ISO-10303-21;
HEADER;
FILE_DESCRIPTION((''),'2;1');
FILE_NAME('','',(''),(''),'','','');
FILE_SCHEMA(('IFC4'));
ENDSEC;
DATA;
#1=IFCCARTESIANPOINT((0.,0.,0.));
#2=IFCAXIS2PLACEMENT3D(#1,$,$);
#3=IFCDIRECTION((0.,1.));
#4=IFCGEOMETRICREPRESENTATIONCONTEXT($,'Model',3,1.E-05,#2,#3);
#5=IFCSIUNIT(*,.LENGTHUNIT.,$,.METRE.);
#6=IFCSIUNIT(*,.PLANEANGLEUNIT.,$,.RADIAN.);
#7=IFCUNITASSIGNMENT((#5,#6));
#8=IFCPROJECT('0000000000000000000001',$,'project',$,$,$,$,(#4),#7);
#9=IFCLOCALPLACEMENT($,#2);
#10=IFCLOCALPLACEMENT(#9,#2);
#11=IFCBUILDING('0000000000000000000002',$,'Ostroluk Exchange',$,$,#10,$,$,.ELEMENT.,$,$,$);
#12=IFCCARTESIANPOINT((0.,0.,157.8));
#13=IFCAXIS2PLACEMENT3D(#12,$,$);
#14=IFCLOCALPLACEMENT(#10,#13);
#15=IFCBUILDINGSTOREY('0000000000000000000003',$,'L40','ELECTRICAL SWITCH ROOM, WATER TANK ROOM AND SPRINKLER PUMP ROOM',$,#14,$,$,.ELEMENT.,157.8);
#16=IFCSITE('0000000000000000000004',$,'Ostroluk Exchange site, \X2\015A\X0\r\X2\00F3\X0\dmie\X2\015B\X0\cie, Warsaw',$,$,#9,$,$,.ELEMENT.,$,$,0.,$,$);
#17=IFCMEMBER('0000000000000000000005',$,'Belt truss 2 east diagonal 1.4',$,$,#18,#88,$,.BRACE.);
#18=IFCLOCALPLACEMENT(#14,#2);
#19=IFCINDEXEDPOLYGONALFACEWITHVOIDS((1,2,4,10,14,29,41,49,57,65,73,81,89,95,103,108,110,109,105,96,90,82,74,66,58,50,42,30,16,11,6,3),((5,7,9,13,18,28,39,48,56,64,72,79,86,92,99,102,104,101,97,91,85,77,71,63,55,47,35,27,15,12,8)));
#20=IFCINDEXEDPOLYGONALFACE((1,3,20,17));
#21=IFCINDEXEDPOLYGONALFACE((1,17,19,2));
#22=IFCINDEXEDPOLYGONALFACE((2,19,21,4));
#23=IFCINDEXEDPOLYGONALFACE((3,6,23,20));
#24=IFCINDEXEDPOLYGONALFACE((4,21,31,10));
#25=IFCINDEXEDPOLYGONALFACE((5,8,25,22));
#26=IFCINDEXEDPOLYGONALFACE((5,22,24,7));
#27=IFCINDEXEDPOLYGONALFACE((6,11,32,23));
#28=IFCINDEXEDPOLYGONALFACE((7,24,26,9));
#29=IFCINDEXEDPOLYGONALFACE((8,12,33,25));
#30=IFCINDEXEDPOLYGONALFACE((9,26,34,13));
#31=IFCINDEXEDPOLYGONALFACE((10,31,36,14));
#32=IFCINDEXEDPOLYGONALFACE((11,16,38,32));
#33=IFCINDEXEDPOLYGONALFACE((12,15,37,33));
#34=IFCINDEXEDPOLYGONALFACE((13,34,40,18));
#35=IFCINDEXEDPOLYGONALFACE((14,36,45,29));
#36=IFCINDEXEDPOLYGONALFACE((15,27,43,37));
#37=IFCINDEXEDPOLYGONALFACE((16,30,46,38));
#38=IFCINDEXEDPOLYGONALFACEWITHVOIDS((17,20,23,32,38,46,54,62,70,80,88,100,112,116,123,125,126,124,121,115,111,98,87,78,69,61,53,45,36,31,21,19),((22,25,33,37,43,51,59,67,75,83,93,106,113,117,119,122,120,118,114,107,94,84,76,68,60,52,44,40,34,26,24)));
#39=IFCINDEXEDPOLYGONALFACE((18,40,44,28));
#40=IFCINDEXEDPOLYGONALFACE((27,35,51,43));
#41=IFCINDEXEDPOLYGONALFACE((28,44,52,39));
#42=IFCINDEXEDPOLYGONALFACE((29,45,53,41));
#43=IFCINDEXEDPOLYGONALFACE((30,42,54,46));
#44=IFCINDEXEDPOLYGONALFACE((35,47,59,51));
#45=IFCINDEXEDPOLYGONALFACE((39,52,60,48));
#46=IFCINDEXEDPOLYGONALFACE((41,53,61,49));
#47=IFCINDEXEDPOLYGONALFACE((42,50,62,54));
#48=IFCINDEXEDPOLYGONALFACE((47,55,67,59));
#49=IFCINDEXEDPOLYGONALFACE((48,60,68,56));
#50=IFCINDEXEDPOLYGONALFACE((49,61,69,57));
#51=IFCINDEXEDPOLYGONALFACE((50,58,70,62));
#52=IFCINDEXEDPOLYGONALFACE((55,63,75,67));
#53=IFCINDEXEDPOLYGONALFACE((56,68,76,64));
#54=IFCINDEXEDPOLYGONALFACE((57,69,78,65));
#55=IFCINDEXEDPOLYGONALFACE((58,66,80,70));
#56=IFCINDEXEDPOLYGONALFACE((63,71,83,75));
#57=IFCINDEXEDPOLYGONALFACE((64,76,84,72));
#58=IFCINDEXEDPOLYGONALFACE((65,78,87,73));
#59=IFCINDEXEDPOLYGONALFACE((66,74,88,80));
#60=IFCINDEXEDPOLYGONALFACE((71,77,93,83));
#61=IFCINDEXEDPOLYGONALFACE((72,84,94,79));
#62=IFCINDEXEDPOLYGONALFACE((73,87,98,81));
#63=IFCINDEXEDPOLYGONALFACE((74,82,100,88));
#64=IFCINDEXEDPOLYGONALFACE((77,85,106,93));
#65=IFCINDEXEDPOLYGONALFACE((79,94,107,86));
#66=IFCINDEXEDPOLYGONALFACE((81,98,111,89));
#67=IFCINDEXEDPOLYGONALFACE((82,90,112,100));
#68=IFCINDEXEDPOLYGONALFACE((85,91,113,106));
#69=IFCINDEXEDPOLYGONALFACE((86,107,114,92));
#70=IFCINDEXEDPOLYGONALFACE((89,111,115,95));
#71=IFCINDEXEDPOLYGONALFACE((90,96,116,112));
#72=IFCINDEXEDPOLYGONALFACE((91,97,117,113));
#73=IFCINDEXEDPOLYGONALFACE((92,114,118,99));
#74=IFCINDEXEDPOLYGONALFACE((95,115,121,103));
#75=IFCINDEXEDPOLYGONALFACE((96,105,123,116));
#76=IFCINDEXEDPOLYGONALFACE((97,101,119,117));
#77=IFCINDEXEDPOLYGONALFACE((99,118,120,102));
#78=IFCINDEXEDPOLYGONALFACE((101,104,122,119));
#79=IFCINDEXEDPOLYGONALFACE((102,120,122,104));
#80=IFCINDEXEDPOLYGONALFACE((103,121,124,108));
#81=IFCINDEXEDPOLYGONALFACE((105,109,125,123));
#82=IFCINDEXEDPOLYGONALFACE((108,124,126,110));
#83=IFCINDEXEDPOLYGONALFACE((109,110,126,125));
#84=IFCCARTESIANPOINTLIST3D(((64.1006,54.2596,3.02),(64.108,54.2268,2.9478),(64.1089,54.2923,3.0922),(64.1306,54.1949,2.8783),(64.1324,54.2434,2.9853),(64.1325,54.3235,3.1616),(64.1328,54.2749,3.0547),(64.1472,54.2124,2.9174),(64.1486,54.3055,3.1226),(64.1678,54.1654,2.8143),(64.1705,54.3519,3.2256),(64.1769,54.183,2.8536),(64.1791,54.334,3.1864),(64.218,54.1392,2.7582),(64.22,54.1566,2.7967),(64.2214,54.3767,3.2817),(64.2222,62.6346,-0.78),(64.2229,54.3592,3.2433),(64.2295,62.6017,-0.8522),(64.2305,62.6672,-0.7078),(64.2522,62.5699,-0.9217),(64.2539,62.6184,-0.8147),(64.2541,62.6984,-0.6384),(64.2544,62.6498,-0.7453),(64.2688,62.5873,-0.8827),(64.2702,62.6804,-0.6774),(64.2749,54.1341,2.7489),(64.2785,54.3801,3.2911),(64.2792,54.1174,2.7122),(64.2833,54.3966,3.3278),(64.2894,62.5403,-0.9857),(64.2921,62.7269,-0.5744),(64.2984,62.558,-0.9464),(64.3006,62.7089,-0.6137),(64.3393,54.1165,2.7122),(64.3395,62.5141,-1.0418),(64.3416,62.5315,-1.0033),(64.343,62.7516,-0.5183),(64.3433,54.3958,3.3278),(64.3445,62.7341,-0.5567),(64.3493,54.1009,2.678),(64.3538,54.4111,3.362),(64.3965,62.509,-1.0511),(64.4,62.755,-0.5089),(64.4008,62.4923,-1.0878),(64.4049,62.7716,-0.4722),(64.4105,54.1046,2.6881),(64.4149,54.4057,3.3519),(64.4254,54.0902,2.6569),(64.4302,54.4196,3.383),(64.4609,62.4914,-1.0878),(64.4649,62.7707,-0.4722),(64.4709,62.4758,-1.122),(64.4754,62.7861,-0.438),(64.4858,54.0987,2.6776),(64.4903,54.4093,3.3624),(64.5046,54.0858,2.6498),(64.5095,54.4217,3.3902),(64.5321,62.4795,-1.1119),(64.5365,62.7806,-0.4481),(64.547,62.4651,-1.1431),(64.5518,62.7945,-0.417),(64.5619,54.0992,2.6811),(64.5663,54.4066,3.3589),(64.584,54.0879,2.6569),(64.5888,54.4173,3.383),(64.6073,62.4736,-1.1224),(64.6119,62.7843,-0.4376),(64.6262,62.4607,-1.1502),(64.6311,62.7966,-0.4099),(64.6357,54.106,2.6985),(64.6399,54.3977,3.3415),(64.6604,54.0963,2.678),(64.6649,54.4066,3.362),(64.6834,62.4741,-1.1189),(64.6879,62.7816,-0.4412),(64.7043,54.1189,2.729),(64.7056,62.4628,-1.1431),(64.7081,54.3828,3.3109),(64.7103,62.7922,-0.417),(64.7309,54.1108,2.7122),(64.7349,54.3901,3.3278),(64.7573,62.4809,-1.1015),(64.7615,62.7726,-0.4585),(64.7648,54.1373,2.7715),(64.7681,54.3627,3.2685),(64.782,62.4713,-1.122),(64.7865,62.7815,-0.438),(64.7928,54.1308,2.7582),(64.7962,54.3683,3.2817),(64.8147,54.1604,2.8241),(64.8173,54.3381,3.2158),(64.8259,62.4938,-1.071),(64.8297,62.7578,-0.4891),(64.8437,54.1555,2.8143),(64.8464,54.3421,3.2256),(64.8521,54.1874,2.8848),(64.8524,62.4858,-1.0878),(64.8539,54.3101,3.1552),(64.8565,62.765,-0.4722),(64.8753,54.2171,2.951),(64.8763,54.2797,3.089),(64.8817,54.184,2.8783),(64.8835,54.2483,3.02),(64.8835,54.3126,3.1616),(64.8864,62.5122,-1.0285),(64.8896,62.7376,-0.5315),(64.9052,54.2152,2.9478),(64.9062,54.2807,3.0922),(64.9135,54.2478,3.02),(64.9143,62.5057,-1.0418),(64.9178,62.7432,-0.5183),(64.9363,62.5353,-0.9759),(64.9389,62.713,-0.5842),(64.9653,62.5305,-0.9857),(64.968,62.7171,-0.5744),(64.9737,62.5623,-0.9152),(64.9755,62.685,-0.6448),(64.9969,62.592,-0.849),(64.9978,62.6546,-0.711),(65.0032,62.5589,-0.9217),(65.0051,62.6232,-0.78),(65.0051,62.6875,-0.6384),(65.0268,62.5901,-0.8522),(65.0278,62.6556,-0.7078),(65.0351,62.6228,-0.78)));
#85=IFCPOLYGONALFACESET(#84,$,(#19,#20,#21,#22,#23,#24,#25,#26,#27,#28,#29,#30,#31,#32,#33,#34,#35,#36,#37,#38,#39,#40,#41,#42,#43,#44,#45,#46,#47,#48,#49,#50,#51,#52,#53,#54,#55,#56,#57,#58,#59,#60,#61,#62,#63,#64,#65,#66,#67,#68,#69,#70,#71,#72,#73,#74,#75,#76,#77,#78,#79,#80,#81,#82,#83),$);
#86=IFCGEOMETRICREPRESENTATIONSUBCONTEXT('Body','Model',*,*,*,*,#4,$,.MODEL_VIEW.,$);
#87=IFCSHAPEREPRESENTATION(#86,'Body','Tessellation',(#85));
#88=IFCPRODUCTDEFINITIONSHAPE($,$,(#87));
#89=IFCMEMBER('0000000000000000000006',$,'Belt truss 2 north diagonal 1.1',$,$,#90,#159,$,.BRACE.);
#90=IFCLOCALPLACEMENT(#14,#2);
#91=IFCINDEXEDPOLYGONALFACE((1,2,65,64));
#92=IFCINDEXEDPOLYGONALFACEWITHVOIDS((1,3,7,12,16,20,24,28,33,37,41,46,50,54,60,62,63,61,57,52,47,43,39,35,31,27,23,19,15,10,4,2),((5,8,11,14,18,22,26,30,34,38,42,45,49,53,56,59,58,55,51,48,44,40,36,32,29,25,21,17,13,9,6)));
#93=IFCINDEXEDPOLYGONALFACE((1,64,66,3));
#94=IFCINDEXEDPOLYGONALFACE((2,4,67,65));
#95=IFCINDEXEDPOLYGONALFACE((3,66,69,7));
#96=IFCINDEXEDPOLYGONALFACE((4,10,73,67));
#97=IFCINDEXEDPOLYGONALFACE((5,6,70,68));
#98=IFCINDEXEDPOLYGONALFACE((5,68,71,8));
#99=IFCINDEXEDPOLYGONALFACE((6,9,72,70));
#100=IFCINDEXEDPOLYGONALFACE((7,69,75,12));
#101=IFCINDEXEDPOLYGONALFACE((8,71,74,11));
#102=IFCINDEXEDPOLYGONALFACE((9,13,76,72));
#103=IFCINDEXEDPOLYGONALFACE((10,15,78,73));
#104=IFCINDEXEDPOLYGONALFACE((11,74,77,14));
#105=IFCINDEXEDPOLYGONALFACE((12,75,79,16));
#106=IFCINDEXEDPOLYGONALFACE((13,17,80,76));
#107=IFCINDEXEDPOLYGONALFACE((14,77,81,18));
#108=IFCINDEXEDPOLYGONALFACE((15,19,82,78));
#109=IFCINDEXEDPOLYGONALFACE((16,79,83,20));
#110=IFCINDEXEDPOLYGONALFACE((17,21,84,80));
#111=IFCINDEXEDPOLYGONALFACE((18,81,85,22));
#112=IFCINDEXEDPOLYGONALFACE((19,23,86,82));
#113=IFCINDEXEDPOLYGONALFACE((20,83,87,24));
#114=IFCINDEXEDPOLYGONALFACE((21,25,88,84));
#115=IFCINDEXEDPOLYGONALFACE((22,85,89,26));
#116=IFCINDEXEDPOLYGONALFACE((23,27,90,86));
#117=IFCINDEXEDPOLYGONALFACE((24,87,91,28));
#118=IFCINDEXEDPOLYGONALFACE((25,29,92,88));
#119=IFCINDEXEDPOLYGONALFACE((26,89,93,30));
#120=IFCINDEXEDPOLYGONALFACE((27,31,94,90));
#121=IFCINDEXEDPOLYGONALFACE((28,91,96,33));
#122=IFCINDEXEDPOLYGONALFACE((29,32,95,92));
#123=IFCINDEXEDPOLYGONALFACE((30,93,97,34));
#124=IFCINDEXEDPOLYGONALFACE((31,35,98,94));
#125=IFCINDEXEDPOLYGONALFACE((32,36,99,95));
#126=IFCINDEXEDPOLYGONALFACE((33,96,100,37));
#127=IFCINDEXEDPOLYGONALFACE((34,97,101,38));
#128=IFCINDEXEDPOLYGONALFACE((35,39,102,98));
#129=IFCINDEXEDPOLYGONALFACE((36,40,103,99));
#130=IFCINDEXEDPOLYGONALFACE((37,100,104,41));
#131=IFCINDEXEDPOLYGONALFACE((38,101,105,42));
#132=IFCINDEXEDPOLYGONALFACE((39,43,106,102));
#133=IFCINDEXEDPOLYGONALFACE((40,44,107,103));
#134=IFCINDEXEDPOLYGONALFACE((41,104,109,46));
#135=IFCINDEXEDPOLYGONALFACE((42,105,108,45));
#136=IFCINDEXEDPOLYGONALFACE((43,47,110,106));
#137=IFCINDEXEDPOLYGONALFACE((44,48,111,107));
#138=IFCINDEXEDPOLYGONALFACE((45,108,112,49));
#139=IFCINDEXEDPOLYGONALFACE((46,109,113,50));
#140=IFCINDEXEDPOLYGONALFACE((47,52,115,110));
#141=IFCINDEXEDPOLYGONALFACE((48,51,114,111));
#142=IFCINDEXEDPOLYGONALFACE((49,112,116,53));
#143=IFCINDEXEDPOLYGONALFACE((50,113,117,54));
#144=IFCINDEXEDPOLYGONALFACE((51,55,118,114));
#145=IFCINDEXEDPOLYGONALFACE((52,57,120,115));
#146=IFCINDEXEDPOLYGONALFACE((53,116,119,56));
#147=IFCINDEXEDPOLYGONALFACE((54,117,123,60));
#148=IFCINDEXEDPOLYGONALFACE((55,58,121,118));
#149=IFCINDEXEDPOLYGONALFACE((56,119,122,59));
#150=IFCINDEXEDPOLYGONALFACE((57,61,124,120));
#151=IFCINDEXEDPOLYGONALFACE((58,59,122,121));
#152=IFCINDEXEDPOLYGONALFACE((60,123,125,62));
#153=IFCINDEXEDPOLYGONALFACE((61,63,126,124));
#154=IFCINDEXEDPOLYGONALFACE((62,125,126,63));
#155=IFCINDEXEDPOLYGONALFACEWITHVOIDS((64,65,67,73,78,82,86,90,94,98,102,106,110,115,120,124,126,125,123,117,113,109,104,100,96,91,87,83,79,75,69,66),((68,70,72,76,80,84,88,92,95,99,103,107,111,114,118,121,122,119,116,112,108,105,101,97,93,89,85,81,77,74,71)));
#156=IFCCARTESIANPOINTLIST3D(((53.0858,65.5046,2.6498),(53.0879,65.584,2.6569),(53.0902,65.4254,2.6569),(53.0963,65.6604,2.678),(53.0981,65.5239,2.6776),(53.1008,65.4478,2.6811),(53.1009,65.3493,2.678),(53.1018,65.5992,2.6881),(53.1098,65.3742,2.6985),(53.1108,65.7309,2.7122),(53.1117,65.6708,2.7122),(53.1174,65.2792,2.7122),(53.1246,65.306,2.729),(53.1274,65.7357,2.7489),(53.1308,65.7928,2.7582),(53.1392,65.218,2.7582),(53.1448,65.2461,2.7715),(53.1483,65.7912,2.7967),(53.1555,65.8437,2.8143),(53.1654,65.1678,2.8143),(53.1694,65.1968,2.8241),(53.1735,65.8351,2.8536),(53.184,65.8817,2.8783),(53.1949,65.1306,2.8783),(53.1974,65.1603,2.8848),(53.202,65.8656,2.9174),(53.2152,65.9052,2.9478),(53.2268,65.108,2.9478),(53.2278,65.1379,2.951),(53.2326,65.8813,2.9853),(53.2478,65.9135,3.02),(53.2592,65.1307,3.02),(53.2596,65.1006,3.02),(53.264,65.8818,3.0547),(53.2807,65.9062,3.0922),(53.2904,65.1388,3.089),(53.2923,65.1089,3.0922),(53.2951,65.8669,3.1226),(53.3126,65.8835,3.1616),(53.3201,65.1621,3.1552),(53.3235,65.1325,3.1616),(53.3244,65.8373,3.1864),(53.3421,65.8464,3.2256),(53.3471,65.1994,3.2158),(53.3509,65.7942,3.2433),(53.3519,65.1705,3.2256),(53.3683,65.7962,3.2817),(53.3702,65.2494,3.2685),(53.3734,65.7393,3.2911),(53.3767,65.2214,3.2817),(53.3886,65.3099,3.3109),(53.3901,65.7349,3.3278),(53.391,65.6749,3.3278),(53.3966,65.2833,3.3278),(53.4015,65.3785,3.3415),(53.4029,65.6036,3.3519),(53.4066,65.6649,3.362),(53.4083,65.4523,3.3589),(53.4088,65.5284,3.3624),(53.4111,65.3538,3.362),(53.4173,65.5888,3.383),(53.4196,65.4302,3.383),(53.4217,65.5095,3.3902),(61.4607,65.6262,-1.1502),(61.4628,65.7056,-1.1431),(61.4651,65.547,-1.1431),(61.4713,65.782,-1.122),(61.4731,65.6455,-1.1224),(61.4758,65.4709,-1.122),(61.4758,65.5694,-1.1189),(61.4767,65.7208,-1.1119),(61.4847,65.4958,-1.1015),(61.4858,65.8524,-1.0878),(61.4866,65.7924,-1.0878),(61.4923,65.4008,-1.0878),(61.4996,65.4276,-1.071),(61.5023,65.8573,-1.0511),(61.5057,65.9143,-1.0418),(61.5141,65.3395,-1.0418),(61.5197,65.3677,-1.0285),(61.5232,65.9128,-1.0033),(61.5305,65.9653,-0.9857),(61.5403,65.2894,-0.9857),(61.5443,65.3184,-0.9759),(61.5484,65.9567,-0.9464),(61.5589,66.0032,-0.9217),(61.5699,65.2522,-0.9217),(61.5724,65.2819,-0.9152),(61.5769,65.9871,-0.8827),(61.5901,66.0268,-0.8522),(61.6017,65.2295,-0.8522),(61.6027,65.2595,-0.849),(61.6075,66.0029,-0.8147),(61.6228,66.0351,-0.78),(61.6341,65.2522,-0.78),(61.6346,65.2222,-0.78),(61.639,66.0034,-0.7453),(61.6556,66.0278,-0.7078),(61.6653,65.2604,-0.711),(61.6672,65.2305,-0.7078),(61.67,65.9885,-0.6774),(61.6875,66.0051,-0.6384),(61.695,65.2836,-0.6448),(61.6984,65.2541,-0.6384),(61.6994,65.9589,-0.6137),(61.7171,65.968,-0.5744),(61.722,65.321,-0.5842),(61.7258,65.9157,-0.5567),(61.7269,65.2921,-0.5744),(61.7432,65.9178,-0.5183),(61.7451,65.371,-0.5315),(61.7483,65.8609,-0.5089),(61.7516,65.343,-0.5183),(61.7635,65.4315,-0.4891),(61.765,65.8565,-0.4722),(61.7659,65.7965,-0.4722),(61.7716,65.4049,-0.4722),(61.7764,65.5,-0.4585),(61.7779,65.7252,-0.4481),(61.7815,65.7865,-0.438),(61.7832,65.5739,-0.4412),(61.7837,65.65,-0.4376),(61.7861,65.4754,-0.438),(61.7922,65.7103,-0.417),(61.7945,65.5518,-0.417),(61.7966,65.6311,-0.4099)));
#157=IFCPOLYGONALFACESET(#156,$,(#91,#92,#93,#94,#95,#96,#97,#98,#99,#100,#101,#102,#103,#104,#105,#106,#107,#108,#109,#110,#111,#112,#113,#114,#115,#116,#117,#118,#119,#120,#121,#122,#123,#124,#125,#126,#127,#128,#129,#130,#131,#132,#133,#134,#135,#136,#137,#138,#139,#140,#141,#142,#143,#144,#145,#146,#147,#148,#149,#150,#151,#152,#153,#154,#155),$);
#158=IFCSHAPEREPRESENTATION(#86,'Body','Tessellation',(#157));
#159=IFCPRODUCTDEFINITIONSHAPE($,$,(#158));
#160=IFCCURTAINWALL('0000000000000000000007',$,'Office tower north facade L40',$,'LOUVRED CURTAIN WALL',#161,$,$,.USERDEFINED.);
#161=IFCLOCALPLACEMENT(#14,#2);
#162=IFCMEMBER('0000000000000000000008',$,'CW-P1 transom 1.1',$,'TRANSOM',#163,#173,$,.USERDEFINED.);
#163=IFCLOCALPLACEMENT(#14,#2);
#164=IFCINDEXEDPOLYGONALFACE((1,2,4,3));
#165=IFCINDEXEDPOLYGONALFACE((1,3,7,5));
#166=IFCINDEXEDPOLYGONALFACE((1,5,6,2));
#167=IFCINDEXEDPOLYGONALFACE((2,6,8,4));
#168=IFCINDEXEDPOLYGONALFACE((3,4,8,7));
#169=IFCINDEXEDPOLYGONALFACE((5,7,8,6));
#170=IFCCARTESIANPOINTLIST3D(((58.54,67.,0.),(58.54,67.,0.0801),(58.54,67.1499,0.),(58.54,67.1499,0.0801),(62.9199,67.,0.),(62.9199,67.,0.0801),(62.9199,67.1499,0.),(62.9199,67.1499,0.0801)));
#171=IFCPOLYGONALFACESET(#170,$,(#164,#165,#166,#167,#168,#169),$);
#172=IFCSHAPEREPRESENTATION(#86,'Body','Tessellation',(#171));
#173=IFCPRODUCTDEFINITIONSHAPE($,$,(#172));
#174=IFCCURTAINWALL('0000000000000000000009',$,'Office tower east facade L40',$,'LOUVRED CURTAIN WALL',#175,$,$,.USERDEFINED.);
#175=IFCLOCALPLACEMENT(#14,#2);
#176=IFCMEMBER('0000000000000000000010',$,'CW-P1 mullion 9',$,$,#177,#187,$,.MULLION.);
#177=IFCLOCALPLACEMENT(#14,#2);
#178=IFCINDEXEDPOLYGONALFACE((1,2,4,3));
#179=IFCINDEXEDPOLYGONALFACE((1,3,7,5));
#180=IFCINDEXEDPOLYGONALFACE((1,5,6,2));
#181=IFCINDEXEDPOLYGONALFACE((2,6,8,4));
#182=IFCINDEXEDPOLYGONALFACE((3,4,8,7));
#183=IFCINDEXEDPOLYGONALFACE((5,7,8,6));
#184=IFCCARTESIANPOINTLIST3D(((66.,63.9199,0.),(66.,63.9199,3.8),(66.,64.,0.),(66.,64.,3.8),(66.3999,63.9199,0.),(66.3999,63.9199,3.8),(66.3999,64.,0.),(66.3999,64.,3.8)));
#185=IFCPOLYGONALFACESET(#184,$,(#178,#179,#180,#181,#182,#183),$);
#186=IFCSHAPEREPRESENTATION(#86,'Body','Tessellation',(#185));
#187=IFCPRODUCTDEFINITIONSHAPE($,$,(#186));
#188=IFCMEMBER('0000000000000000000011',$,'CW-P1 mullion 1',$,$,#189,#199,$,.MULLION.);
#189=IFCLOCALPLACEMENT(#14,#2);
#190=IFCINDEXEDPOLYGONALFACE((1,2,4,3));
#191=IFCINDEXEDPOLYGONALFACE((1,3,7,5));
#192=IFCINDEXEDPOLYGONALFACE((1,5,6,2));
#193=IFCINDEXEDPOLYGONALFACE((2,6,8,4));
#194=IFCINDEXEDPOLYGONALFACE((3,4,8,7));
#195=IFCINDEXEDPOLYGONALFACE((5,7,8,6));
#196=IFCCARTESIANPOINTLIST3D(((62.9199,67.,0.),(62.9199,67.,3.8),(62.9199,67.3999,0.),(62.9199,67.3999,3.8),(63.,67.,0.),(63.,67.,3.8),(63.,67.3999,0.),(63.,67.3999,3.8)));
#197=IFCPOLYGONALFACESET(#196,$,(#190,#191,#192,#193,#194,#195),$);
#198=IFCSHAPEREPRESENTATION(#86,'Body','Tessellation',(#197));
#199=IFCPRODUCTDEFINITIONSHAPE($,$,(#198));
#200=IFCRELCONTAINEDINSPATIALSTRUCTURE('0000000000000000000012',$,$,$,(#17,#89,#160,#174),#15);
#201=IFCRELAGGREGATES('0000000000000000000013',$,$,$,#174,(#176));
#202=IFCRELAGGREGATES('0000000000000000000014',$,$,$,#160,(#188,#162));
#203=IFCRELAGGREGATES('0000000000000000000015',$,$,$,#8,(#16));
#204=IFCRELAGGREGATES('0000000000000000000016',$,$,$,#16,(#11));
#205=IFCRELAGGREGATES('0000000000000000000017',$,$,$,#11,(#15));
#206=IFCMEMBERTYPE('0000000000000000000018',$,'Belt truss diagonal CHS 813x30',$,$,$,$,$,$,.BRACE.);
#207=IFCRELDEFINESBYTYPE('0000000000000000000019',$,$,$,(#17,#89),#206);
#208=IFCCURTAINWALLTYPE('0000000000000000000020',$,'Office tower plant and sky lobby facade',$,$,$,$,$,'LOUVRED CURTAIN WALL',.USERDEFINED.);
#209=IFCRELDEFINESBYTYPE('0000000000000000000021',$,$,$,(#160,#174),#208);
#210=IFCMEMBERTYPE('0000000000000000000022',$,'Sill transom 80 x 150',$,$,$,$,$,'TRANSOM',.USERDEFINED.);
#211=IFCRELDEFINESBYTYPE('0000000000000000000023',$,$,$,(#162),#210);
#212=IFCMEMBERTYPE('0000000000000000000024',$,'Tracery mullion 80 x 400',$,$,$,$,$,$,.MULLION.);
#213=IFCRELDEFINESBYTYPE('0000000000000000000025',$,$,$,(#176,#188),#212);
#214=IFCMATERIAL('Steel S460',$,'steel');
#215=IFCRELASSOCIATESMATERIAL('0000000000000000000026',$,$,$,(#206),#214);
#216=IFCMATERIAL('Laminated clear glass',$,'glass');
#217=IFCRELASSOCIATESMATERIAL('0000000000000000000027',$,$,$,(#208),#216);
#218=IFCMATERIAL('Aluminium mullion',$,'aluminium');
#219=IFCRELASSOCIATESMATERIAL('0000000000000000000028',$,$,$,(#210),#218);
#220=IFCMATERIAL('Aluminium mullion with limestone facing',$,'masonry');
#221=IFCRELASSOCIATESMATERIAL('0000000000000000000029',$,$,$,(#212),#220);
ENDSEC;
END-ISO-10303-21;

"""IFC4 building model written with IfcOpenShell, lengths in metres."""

from ifc_helpers import new_model, si_unit, direction, frame, origin, origin_2d, place, context, subcontext, project, spatial, rectangle, hollow_circle, extrude, material, material_profile, profile_set, type_object, element, aggregate, save


model = new_model("IFC4")

# Units and contexts
model_context = context("Model", 3, precision=1e-05, world=origin(), true_north=direction((0.0, 1.0)))
body_context = subcontext(model_context, "Body", "Model", "MODEL_VIEW")
ifc_project = project(units=[si_unit("LENGTHUNIT", "METRE"), si_unit("PLANEANGLEUNIT", "RADIAN")], contexts=[model_context])

# Site, building, storey
site_placement = place(None, origin())
site = spatial("IfcSite", under=ifc_project, at=site_placement, Name="Ostroluk Exchange site, Śródmieście, Warsaw", CompositionType="ELEMENT", RefElevation=0.0)
building_placement = place(site_placement, origin())
building = spatial("IfcBuilding", under=site, at=building_placement, Name="Ostroluk Exchange", CompositionType="ELEMENT")
storey_placement = place(building_placement, frame((0.0, 0.0, 157.8)))
storey = spatial("IfcBuildingStorey", under=building, at=storey_placement, Name="L40", Description="ELECTRICAL SWITCH ROOM, WATER TANK ROOM AND SPRINKLER PUMP ROOM", CompositionType="ELEMENT", Elevation=157.8)

# Members
ifc_material_1 = material(Name="Steel S460", Category="steel")
ifc_material_profile_1 = material_profile(ifc_material_1, hollow_circle(Radius=0.4065, WallThickness=0.03, at=origin_2d()), Name="CHS 813x30")
ifc_profile_set_1 = profile_set([ifc_material_profile_1], Name="Steel S460")
member_type_1 = type_object("IfcMemberType", Name="Belt truss diagonal CHS 813x30", PredefinedType="BRACE", material=ifc_profile_set_1)
for number, where, z_axis, x_axis, name in (
    (1, (64.6287, 62.6287, -0.78), (-0.013219, -0.910564, 0.413157), (0.999895, -0.014516, 0.0), "Belt truss 2 east diagonal 1.4"),
    (2, (61.6287, 65.6287, -0.78), (-0.910564, -0.013219, 0.413157), (0.014516, -0.999895, 0.0), "Belt truss 2 north diagonal 1.1"),
):
    element("IfcMember", number, at=place(storey_placement, frame(where, z_axis=z_axis, x_axis=x_axis)), inside=storey, type_object=member_type_1, Name=name, PredefinedType="BRACE", context=body_context, shape_type="SweptSolid", body=[
        extrude(hollow_circle(Radius=0.4065, WallThickness=0.03, at=origin_2d()), origin(), (0.0, 0.0, 1.0), 9.1975),
    ])

# Curtain walls, members
ifc_material_2 = material(Name="Laminated clear glass", Category="glass")
curtain_wall_type = type_object("IfcCurtainWallType", Name="Office tower plant and sky lobby facade", ElementType="LOUVRED CURTAIN WALL", PredefinedType="USERDEFINED", material=ifc_material_2)
curtain_wall_1_placement = place(storey_placement, origin())
curtain_wall_1 = element("IfcCurtainWall", 3, at=curtain_wall_1_placement, inside=storey, type_object=curtain_wall_type, Name="Office tower north facade L40", ObjectType="LOUVRED CURTAIN WALL", PredefinedType="USERDEFINED")
ifc_material_3 = material(Name="Aluminium mullion", Category="aluminium")
ifc_material_profile_2 = material_profile(ifc_material_3, rectangle(XDim=0.1499, YDim=0.0801, at=origin_2d()), Name="Sill transom 80 x 150")
ifc_profile_set_2 = profile_set([ifc_material_profile_2], Name="Aluminium mullion")
member_type_2 = type_object("IfcMemberType", Name="Sill transom 80 x 150", ElementType="TRANSOM", PredefinedType="USERDEFINED", material=ifc_profile_set_2)
member_1_placement = place(storey_placement, frame((62.9199, 67.075, 0.04), z_axis=(-1.0, 0.0, 0.0), x_axis=(0.0, -1.0, 0.0)))
member_1 = element("IfcMember", 4, at=member_1_placement, type_object=member_type_2, Name="CW-P1 transom 1.1", ObjectType="TRANSOM", PredefinedType="USERDEFINED", context=body_context, shape_type="SweptSolid", body=[
    extrude(rectangle(XDim=0.1499, YDim=0.0801, at=origin_2d()), origin(), (0.0, 0.0, 1.0), 4.3799),
])
curtain_wall_2_placement = place(storey_placement, origin())
curtain_wall_2 = element("IfcCurtainWall", 5, at=curtain_wall_2_placement, inside=storey, type_object=curtain_wall_type, Name="Office tower east facade L40", ObjectType="LOUVRED CURTAIN WALL", PredefinedType="USERDEFINED")
ifc_material_4 = material(Name="Aluminium mullion with limestone facing", Category="masonry")
ifc_material_profile_3 = material_profile(ifc_material_4, rectangle(XDim=0.3999, YDim=0.0801, at=origin_2d()), Name="Tracery mullion 80 x 400")
ifc_profile_set_3 = profile_set([ifc_material_profile_3], Name="Aluminium mullion with limestone facing")
member_type_3 = type_object("IfcMemberType", Name="Tracery mullion 80 x 400", PredefinedType="MULLION", material=ifc_profile_set_3)
member_2_placement = place(storey_placement, frame((66.2, 63.96, 0.0), z_axis=(0.0, 0.0, 1.0), x_axis=(-1.0, 0.0, 0.0)))
member_2 = element("IfcMember", 6, at=member_2_placement, type_object=member_type_3, Name="CW-P1 mullion 9", PredefinedType="MULLION", context=body_context, shape_type="SweptSolid", body=[
    extrude(rectangle(XDim=0.3999, YDim=0.0801, at=origin_2d()), origin(), (0.0, 0.0, 1.0), 3.8),
])

# Member
member_3_placement = place(storey_placement, frame((62.96, 67.2, 0.0), z_axis=(0.0, 0.0, 1.0), x_axis=(0.0, -1.0, 0.0)))
member_3 = element("IfcMember", 7, at=member_3_placement, type_object=member_type_3, Name="CW-P1 mullion 1", PredefinedType="MULLION", context=body_context, shape_type="SweptSolid", body=[
    extrude(rectangle(XDim=0.3999, YDim=0.0801, at=origin_2d()), origin(), (0.0, 0.0, 1.0), 3.8),
])

aggregate(curtain_wall_2, [member_2])
aggregate(curtain_wall_1, [member_3, member_1])

save(model, "model.ifc")
